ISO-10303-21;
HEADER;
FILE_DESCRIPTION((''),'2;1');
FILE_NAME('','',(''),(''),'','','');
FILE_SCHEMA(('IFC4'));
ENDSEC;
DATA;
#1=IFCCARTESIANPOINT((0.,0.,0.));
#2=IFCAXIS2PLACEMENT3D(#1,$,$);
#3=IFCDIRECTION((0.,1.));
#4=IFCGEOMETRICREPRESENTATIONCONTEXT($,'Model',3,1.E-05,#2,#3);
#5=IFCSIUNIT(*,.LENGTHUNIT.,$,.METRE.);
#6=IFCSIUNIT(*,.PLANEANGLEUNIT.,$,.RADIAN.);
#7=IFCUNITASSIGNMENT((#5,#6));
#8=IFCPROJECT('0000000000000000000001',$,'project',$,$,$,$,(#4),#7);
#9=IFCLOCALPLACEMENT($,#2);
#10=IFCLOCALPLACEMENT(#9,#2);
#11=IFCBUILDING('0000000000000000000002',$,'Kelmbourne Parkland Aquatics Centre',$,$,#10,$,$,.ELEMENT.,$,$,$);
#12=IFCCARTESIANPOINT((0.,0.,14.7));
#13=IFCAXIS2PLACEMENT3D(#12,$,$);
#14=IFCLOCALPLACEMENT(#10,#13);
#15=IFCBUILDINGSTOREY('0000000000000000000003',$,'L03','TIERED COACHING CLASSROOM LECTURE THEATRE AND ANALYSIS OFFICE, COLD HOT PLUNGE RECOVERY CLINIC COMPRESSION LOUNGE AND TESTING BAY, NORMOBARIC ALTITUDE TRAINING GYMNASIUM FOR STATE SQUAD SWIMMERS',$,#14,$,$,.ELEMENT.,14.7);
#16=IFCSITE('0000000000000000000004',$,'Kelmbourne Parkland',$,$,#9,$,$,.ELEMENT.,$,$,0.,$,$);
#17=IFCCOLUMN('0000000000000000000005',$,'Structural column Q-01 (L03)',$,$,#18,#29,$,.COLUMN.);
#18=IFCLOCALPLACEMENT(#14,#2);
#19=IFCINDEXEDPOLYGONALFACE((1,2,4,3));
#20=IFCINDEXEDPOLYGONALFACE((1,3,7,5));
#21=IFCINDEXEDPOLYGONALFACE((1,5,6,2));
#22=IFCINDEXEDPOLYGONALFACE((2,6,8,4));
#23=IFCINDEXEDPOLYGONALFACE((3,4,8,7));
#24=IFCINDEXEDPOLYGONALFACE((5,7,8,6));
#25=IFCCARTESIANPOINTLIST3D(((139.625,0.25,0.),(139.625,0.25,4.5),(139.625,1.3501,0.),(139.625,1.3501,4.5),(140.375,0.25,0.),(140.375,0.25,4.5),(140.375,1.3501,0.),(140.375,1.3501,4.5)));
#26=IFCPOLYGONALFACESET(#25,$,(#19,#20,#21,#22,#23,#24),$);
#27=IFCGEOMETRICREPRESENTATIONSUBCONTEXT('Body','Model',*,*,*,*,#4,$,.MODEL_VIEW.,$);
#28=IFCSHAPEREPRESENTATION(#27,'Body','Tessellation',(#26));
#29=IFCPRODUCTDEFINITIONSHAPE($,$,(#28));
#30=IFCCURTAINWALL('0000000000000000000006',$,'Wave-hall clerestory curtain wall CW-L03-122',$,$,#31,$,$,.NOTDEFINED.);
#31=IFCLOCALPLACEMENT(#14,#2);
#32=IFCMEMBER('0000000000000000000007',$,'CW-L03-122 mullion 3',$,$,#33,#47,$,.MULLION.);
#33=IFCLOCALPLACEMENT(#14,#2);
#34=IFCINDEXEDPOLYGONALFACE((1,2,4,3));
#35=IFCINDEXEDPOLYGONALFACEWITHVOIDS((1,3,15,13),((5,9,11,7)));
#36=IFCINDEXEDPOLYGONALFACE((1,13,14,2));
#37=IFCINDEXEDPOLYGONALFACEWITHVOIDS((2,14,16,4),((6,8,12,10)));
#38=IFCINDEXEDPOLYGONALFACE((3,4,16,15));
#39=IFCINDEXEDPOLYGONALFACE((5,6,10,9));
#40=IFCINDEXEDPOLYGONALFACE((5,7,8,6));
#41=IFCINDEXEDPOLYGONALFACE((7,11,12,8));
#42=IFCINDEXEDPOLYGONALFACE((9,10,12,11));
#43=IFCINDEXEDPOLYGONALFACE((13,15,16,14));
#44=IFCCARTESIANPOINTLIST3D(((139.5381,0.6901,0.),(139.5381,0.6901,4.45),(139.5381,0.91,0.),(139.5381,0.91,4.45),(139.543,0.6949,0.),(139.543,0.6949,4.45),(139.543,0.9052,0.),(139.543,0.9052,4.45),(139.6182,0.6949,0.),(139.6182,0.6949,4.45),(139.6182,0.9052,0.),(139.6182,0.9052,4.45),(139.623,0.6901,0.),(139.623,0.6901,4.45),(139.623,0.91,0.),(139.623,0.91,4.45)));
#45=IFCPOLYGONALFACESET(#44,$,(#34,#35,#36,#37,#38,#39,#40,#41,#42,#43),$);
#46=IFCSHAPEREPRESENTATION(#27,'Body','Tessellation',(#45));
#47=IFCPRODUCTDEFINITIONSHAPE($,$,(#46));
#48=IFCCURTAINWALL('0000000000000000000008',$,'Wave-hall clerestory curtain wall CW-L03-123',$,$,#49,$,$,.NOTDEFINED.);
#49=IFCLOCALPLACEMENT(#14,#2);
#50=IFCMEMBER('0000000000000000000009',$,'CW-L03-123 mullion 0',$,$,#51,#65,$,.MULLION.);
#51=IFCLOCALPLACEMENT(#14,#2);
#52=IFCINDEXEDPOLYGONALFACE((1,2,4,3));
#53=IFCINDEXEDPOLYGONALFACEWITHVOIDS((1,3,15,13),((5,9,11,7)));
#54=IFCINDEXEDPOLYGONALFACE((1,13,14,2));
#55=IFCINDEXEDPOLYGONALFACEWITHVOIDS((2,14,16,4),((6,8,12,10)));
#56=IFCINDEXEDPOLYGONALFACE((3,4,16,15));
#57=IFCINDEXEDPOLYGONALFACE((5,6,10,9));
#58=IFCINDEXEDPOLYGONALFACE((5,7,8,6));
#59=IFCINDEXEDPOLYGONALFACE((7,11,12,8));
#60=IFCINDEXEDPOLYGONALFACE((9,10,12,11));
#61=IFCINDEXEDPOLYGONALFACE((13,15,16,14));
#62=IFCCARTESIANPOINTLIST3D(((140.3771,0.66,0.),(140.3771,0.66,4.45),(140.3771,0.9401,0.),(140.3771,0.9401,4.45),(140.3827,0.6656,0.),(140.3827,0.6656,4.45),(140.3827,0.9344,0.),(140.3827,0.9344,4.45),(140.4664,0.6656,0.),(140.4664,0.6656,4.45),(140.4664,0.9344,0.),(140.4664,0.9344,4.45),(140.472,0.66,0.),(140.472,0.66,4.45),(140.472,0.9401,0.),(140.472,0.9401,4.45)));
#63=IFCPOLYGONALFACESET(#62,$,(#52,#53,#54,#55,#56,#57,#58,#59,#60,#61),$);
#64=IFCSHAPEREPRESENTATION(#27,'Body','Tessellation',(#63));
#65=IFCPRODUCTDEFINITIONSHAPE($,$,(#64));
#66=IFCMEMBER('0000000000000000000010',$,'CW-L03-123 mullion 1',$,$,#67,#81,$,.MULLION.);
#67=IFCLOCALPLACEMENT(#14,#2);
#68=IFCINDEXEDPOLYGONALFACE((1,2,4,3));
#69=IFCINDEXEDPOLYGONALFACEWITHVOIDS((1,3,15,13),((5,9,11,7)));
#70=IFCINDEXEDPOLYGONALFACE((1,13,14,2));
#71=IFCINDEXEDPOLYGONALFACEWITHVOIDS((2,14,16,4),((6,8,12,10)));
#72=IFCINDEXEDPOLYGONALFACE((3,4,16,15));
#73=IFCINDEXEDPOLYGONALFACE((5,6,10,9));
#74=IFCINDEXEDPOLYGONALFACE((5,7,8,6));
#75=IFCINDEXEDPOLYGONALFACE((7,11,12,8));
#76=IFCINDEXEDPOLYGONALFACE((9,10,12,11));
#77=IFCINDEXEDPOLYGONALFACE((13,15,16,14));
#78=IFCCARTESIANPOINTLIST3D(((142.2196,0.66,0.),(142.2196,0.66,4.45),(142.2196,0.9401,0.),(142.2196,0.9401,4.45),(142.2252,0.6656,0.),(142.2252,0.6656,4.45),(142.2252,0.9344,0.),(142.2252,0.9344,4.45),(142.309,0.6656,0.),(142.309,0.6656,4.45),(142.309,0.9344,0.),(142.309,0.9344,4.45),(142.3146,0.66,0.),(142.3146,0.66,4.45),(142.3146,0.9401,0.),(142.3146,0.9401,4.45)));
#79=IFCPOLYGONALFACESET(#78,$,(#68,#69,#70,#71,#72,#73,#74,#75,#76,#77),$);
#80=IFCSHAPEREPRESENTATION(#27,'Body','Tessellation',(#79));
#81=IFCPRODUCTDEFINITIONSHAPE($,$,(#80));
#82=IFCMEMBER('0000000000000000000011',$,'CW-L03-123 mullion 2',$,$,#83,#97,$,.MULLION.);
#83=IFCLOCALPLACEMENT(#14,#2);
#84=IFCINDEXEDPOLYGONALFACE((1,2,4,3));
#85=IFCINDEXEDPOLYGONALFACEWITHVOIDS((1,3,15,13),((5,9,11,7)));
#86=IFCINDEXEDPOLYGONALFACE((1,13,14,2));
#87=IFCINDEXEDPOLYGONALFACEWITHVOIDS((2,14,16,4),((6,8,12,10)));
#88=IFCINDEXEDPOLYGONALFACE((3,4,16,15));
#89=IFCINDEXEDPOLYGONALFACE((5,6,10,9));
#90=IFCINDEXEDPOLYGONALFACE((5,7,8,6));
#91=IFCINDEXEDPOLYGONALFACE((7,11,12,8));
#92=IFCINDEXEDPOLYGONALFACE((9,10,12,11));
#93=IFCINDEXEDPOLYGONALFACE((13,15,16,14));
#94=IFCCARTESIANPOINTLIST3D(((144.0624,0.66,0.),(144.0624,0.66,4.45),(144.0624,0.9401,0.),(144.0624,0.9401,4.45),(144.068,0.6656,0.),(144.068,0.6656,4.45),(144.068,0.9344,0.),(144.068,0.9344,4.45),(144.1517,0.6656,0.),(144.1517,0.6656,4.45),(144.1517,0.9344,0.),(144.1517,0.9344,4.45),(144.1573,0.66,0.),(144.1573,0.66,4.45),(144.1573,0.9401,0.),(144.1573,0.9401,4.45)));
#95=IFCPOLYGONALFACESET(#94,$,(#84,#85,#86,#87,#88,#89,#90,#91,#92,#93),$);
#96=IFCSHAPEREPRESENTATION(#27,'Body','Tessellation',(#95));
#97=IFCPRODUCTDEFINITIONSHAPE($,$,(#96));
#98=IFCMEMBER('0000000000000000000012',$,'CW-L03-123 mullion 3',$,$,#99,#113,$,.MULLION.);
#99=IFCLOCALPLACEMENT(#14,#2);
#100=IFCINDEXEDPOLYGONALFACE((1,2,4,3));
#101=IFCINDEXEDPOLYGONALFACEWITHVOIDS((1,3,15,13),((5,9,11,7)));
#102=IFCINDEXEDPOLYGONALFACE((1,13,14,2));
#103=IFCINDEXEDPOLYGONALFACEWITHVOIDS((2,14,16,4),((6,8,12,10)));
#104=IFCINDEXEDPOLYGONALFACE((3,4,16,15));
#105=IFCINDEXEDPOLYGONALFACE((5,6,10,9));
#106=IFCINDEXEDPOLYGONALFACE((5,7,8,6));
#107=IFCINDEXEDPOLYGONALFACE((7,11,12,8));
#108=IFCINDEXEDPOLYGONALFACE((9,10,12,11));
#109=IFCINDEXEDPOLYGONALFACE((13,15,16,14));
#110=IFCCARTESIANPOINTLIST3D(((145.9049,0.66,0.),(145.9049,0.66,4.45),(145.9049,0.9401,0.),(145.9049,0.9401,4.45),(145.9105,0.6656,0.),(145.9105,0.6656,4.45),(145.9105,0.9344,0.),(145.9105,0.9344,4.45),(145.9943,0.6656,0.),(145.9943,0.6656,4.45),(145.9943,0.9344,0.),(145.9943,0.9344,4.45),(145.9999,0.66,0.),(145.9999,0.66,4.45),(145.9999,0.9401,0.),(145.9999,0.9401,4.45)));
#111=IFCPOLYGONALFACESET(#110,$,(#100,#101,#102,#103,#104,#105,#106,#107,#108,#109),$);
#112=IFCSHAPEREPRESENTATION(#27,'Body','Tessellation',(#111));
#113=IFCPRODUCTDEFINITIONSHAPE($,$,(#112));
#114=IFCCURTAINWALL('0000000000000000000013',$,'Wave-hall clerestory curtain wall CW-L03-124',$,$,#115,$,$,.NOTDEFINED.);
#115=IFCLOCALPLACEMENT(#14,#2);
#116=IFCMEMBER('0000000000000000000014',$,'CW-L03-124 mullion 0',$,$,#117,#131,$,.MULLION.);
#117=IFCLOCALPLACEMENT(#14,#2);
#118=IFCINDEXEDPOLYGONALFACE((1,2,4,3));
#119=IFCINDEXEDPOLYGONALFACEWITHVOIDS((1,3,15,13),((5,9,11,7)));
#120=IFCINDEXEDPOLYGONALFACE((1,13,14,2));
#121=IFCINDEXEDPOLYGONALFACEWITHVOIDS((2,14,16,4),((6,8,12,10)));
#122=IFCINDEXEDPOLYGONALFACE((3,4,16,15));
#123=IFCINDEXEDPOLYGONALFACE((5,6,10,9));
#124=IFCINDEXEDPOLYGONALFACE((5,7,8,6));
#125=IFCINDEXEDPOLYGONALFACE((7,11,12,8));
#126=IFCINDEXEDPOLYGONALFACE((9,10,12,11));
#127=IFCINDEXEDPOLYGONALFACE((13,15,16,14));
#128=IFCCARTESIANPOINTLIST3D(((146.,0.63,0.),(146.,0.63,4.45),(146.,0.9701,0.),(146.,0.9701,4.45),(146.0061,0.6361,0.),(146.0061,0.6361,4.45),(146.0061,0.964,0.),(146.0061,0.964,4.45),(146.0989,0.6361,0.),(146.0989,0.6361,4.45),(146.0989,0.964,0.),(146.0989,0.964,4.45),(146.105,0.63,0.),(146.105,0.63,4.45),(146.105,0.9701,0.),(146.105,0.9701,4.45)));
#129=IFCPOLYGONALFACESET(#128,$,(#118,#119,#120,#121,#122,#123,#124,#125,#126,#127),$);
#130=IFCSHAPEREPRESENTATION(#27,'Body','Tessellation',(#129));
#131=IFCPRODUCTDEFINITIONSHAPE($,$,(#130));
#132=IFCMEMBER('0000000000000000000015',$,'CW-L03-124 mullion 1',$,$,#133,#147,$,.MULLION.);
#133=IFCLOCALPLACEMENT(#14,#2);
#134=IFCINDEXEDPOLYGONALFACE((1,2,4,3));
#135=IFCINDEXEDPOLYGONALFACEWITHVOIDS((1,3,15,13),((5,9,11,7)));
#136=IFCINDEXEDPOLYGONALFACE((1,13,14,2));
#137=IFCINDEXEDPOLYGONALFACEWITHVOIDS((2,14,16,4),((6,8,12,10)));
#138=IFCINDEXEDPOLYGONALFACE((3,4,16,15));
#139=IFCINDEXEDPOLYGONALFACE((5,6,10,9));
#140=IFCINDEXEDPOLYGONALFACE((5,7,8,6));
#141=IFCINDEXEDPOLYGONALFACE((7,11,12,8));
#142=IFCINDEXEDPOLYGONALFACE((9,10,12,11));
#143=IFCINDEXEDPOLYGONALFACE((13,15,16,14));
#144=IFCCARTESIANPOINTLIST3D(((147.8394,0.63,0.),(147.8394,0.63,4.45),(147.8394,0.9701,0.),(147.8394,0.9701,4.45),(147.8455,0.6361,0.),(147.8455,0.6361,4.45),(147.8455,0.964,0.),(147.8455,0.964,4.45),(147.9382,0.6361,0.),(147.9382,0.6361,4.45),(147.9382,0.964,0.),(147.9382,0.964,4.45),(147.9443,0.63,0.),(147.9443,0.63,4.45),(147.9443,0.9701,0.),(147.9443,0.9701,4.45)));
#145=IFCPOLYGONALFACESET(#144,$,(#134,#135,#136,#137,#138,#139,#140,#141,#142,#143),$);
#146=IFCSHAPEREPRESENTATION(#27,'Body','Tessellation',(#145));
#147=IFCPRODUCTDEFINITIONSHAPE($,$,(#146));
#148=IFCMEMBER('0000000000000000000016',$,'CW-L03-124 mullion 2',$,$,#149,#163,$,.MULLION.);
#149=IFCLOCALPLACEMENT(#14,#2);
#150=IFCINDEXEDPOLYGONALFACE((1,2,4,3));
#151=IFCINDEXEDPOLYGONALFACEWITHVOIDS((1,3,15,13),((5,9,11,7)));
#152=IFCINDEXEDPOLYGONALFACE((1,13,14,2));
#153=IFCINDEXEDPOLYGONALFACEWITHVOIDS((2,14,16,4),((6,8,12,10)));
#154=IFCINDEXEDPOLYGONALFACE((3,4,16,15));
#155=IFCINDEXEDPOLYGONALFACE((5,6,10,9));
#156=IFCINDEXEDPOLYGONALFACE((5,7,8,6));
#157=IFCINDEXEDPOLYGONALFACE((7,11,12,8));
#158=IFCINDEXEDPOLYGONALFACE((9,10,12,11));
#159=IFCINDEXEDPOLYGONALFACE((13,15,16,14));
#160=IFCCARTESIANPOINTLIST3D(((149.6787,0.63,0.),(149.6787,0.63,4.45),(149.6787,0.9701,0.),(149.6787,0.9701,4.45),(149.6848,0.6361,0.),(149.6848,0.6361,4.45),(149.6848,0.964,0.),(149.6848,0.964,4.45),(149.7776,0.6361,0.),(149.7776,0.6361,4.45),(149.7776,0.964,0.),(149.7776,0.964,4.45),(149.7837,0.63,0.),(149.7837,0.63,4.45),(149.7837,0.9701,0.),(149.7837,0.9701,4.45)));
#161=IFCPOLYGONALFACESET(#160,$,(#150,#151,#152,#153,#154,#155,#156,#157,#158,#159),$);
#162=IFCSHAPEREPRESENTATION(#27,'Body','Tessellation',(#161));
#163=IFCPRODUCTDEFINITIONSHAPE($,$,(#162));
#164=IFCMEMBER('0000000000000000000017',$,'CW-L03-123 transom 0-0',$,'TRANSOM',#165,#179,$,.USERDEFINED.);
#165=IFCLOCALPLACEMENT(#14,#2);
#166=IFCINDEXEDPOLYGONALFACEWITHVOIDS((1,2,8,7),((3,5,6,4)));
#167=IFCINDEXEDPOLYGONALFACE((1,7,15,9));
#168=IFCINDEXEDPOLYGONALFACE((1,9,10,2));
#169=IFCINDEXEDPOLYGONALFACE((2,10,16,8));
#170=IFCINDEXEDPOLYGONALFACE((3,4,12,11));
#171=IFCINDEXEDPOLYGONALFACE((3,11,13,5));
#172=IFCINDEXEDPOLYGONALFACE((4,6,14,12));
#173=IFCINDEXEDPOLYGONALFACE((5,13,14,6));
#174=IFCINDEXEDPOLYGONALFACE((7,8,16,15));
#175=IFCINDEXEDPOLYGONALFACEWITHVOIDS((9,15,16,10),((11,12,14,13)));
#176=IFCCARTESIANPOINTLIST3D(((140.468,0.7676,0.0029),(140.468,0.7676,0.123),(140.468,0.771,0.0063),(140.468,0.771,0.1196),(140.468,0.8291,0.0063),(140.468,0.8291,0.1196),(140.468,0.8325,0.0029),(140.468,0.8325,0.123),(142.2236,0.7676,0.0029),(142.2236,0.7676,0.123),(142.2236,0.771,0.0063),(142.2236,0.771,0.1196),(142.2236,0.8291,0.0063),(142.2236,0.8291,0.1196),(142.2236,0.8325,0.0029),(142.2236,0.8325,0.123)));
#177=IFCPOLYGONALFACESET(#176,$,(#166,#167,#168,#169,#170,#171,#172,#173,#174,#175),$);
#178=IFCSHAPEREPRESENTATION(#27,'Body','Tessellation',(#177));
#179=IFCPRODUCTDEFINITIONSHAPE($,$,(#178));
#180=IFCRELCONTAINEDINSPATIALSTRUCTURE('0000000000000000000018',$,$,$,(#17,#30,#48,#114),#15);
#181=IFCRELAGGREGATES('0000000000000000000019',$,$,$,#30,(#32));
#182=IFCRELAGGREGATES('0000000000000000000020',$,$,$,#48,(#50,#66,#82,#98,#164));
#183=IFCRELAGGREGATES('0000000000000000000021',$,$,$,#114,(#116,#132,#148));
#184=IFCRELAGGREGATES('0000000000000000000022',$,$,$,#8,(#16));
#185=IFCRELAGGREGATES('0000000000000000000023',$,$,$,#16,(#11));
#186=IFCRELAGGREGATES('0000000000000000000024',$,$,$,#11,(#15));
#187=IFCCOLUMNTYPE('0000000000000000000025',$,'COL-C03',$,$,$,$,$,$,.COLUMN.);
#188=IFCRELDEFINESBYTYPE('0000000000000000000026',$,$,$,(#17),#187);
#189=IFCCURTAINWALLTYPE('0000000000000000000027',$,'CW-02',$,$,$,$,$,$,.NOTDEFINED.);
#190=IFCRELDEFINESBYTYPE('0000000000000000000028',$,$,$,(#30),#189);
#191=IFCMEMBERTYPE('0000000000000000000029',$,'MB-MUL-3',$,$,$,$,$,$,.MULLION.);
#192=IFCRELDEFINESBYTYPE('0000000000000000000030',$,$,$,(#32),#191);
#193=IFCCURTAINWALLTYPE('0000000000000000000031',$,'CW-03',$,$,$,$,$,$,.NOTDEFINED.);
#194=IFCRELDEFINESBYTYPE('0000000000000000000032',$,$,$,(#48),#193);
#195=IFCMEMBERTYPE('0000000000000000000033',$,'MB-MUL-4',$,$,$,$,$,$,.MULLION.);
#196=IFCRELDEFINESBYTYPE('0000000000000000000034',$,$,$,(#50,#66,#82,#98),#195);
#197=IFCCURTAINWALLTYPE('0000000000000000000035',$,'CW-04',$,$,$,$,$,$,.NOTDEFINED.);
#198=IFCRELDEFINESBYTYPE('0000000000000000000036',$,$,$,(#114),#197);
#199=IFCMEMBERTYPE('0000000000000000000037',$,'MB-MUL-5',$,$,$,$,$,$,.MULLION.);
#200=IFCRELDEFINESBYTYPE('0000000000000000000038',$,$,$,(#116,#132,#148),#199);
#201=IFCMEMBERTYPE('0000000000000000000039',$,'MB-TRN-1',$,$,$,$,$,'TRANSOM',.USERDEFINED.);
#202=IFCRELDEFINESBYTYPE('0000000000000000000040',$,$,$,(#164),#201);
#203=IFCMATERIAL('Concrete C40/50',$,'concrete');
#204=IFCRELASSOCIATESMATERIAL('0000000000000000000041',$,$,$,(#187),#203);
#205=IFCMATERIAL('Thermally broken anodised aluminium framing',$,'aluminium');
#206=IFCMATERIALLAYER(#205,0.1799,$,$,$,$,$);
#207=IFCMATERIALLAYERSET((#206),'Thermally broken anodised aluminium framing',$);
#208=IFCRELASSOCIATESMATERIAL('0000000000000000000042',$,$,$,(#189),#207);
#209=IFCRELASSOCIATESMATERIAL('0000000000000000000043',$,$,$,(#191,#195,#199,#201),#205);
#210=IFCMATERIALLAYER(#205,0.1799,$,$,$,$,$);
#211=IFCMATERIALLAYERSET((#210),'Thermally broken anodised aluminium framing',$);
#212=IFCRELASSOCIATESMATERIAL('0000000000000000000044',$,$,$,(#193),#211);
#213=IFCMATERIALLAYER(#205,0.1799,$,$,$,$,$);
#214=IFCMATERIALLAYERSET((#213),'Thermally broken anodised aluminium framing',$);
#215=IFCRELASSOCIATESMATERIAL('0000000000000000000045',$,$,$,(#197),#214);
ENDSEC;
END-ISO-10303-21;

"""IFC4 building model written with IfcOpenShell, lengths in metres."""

from ifc_helpers import new_model, si_unit, direction, frame, origin, origin_2d, place, context, subcontext, project, spatial, rectangle, hollow_rectangle, extrude, material, layer, layer_set, material_profile, profile_set, type_object, element, aggregate, save


model = new_model("IFC4")

# Units and contexts
model_context = context("Model", 3, precision=1e-05, world=origin(), true_north=direction((0.0, 1.0)))
body_context = subcontext(model_context, "Body", "Model", "MODEL_VIEW")
ifc_project = project(units=[si_unit("LENGTHUNIT", "METRE"), si_unit("PLANEANGLEUNIT", "RADIAN")], contexts=[model_context])

# Site, building, storey
site_placement = place(None, origin())
site = spatial("IfcSite", under=ifc_project, at=site_placement, Name="Kelmbourne Parkland", CompositionType="ELEMENT", RefElevation=0.0)
building_placement = place(site_placement, origin())
building = spatial("IfcBuilding", under=site, at=building_placement, Name="Kelmbourne Parkland Aquatics Centre", CompositionType="ELEMENT")
storey_placement = place(building_placement, frame((0.0, 0.0, 14.7)))
storey = spatial("IfcBuildingStorey", under=building, at=storey_placement, Name="L03", Description="TIERED COACHING CLASSROOM LECTURE THEATRE AND ANALYSIS OFFICE, COLD HOT PLUNGE RECOVERY CLINIC COMPRESSION LOUNGE AND TESTING BAY, NORMOBARIC ALTITUDE TRAINING GYMNASIUM FOR STATE SQUAD SWIMMERS", CompositionType="ELEMENT", Elevation=14.7)

# Column
ifc_material_1 = material(Name="Concrete C40/50", Category="concrete")
ifc_material_profile_1 = material_profile(ifc_material_1, rectangle(XDim=0.75, YDim=1.1001, at=origin_2d()), Name="RC 750x1100")
ifc_profile_set_1 = profile_set([ifc_material_profile_1], Name="Concrete C40/50")
column_type = type_object("IfcColumnType", Name="COL-C03", PredefinedType="COLUMN", material=ifc_profile_set_1)
column_placement = place(storey_placement, frame((140.0, 0.8, 0.0), z_axis=(0.0, 0.0, 1.0), x_axis=(1.0, 0.0, 0.0)))
element("IfcColumn", 1, at=column_placement, inside=storey, type_object=column_type, Name="Structural column Q-01 (L03)", PredefinedType="COLUMN", context=body_context, shape_type="SweptSolid", body=[
    extrude(rectangle(XDim=0.75, YDim=1.1001, at=origin_2d()), origin(), (0.0, 0.0, 1.0), 4.5),
])

# Curtain wall, member
ifc_material_2 = material(Name="Thermally broken anodised aluminium framing", Category="aluminium")
ifc_layer_1 = layer(ifc_material_2, 0.1799)
ifc_layer_set_1 = layer_set([ifc_layer_1], Name="Thermally broken anodised aluminium framing")
curtain_wall_type_1 = type_object("IfcCurtainWallType", Name="CW-02", PredefinedType="NOTDEFINED", material=ifc_layer_set_1)
curtain_wall_1_placement = place(storey_placement, origin())
curtain_wall_1 = element("IfcCurtainWall", 2, at=curtain_wall_1_placement, inside=storey, type_object=curtain_wall_type_1, Name="Wave-hall clerestory curtain wall CW-L03-122", PredefinedType="NOTDEFINED")
ifc_material_profile_2 = material_profile(ifc_material_2, hollow_rectangle(XDim=0.085, YDim=0.22, WallThickness=0.0049, at=origin_2d()), Name="CW-M 85x220")
ifc_profile_set_2 = profile_set([ifc_material_profile_2], Name="Thermally broken anodised aluminium framing")
member_type_1 = type_object("IfcMemberType", Name="MB-MUL-3", PredefinedType="MULLION", material=ifc_profile_set_2)
member_1_placement = place(storey_placement, frame((139.5806, 0.8, 0.0), z_axis=(0.0, 0.0, 1.0), x_axis=(1.0, 0.0, 0.0)))
member_1 = element("IfcMember", 3, at=member_1_placement, type_object=member_type_1, Name="CW-L03-122 mullion 3", PredefinedType="MULLION", context=body_context, shape_type="SweptSolid", body=[
    extrude(hollow_rectangle(XDim=0.085, YDim=0.22, WallThickness=0.0049, at=origin_2d()), origin(), (0.0, 0.0, 1.0), 4.45),
])
aggregate(curtain_wall_1, [member_1])

# Curtain walls, members
ifc_layer_2 = layer(ifc_material_2, 0.1799)
ifc_layer_set_2 = layer_set([ifc_layer_2], Name="Thermally broken anodised aluminium framing")
curtain_wall_type_2 = type_object("IfcCurtainWallType", Name="CW-03", PredefinedType="NOTDEFINED", material=ifc_layer_set_2)
curtain_wall_2_placement = place(storey_placement, origin())
curtain_wall_2 = element("IfcCurtainWall", 4, at=curtain_wall_2_placement, inside=storey, type_object=curtain_wall_type_2, Name="Wave-hall clerestory curtain wall CW-L03-123", PredefinedType="NOTDEFINED")
ifc_material_profile_3 = material_profile(ifc_material_2, hollow_rectangle(XDim=0.095, YDim=0.28, WallThickness=0.0056, at=origin_2d()), Name="CW-M 95x280")
ifc_profile_set_3 = profile_set([ifc_material_profile_3], Name="Thermally broken anodised aluminium framing")
member_type_2 = type_object("IfcMemberType", Name="MB-MUL-4", PredefinedType="MULLION", material=ifc_profile_set_3)
member_2_placement = place(storey_placement, frame((140.4246, 0.8, 0.0), z_axis=(0.0, 0.0, 1.0), x_axis=(1.0, 0.0, 0.0)))
member_2 = element("IfcMember", 5, at=member_2_placement, type_object=member_type_2, Name="CW-L03-123 mullion 0", PredefinedType="MULLION", context=body_context, shape_type="SweptSolid", body=[
    extrude(hollow_rectangle(XDim=0.095, YDim=0.28, WallThickness=0.0056, at=origin_2d()), origin(), (0.0, 0.0, 1.0), 4.45),
])
member_3_placement = place(storey_placement, frame((142.2671, 0.8, 0.0), z_axis=(0.0, 0.0, 1.0), x_axis=(1.0, 0.0, 0.0)))
member_3 = element("IfcMember", 6, at=member_3_placement, type_object=member_type_2, Name="CW-L03-123 mullion 1", PredefinedType="MULLION", context=body_context, shape_type="SweptSolid", body=[
    extrude(hollow_rectangle(XDim=0.095, YDim=0.28, WallThickness=0.0056, at=origin_2d()), origin(), (0.0, 0.0, 1.0), 4.45),
])
member_4_placement = place(storey_placement, frame((144.1099, 0.8, 0.0), z_axis=(0.0, 0.0, 1.0), x_axis=(1.0, 0.0, 0.0)))
member_4 = element("IfcMember", 7, at=member_4_placement, type_object=member_type_2, Name="CW-L03-123 mullion 2", PredefinedType="MULLION", context=body_context, shape_type="SweptSolid", body=[
    extrude(hollow_rectangle(XDim=0.095, YDim=0.28, WallThickness=0.0056, at=origin_2d()), origin(), (0.0, 0.0, 1.0), 4.45),
])
member_5_placement = place(storey_placement, frame((145.9524, 0.8, 0.0), z_axis=(0.0, 0.0, 1.0), x_axis=(1.0, 0.0, 0.0)))
member_5 = element("IfcMember", 8, at=member_5_placement, type_object=member_type_2, Name="CW-L03-123 mullion 3", PredefinedType="MULLION", context=body_context, shape_type="SweptSolid", body=[
    extrude(hollow_rectangle(XDim=0.095, YDim=0.28, WallThickness=0.0056, at=origin_2d()), origin(), (0.0, 0.0, 1.0), 4.45),
])
ifc_layer_3 = layer(ifc_material_2, 0.1799)
ifc_layer_set_3 = layer_set([ifc_layer_3], Name="Thermally broken anodised aluminium framing")
curtain_wall_type_3 = type_object("IfcCurtainWallType", Name="CW-04", PredefinedType="NOTDEFINED", material=ifc_layer_set_3)
curtain_wall_3_placement = place(storey_placement, origin())
curtain_wall_3 = element("IfcCurtainWall", 9, at=curtain_wall_3_placement, inside=storey, type_object=curtain_wall_type_3, Name="Wave-hall clerestory curtain wall CW-L03-124", PredefinedType="NOTDEFINED")
ifc_material_profile_4 = material_profile(ifc_material_2, hollow_rectangle(XDim=0.105, YDim=0.3401, WallThickness=0.0061, at=origin_2d()), Name="CW-M 105x340")
ifc_profile_set_4 = profile_set([ifc_material_profile_4], Name="Thermally broken anodised aluminium framing")
member_type_3 = type_object("IfcMemberType", Name="MB-MUL-5", PredefinedType="MULLION", material=ifc_profile_set_4)
member_6_placement = place(storey_placement, frame((146.0525, 0.8, 0.0), z_axis=(0.0, 0.0, 1.0), x_axis=(1.0, 0.0, 0.0)))
member_6 = element("IfcMember", 10, at=member_6_placement, type_object=member_type_3, Name="CW-L03-124 mullion 0", PredefinedType="MULLION", context=body_context, shape_type="SweptSolid", body=[
    extrude(hollow_rectangle(XDim=0.105, YDim=0.3401, WallThickness=0.0061, at=origin_2d()), origin(), (0.0, 0.0, 1.0), 4.45),
])
member_7_placement = place(storey_placement, frame((147.8918, 0.8, 0.0), z_axis=(0.0, 0.0, 1.0), x_axis=(1.0, 0.0, 0.0)))
member_7 = element("IfcMember", 11, at=member_7_placement, type_object=member_type_3, Name="CW-L03-124 mullion 1", PredefinedType="MULLION", context=body_context, shape_type="SweptSolid", body=[
    extrude(hollow_rectangle(XDim=0.105, YDim=0.3401, WallThickness=0.0061, at=origin_2d()), origin(), (0.0, 0.0, 1.0), 4.45),
])
member_8_placement = place(storey_placement, frame((149.7312, 0.8, 0.0), z_axis=(0.0, 0.0, 1.0), x_axis=(1.0, 0.0, 0.0)))
member_8 = element("IfcMember", 12, at=member_8_placement, type_object=member_type_3, Name="CW-L03-124 mullion 2", PredefinedType="MULLION", context=body_context, shape_type="SweptSolid", body=[
    extrude(hollow_rectangle(XDim=0.105, YDim=0.3401, WallThickness=0.0061, at=origin_2d()), origin(), (0.0, 0.0, 1.0), 4.45),
])

# Member
ifc_material_profile_5 = material_profile(ifc_material_2, hollow_rectangle(XDim=0.0649, YDim=0.1201, WallThickness=0.0034, at=origin_2d()), Name="CW-T 65x120")
ifc_profile_set_5 = profile_set([ifc_material_profile_5], Name="Thermally broken anodised aluminium framing")
member_type_4 = type_object("IfcMemberType", Name="MB-TRN-1", ElementType="TRANSOM", PredefinedType="USERDEFINED", material=ifc_profile_set_5)
member_9_placement = place(storey_placement, frame((140.468, 0.8, 0.063), z_axis=(1.0, 0.0, 0.0), x_axis=(0.0, 1.0, 0.0)))
member_9 = element("IfcMember", 13, at=member_9_placement, type_object=member_type_4, Name="CW-L03-123 transom 0-0", ObjectType="TRANSOM", PredefinedType="USERDEFINED", context=body_context, shape_type="SweptSolid", body=[
    extrude(hollow_rectangle(XDim=0.0649, YDim=0.1201, WallThickness=0.0034, at=origin_2d()), origin(), (0.0, 0.0, 1.0), 1.7556),
])

aggregate(curtain_wall_2, [member_2, member_3, member_4, member_5, member_9])
aggregate(curtain_wall_3, [member_6, member_7, member_8])

save(model, "model.ifc")
